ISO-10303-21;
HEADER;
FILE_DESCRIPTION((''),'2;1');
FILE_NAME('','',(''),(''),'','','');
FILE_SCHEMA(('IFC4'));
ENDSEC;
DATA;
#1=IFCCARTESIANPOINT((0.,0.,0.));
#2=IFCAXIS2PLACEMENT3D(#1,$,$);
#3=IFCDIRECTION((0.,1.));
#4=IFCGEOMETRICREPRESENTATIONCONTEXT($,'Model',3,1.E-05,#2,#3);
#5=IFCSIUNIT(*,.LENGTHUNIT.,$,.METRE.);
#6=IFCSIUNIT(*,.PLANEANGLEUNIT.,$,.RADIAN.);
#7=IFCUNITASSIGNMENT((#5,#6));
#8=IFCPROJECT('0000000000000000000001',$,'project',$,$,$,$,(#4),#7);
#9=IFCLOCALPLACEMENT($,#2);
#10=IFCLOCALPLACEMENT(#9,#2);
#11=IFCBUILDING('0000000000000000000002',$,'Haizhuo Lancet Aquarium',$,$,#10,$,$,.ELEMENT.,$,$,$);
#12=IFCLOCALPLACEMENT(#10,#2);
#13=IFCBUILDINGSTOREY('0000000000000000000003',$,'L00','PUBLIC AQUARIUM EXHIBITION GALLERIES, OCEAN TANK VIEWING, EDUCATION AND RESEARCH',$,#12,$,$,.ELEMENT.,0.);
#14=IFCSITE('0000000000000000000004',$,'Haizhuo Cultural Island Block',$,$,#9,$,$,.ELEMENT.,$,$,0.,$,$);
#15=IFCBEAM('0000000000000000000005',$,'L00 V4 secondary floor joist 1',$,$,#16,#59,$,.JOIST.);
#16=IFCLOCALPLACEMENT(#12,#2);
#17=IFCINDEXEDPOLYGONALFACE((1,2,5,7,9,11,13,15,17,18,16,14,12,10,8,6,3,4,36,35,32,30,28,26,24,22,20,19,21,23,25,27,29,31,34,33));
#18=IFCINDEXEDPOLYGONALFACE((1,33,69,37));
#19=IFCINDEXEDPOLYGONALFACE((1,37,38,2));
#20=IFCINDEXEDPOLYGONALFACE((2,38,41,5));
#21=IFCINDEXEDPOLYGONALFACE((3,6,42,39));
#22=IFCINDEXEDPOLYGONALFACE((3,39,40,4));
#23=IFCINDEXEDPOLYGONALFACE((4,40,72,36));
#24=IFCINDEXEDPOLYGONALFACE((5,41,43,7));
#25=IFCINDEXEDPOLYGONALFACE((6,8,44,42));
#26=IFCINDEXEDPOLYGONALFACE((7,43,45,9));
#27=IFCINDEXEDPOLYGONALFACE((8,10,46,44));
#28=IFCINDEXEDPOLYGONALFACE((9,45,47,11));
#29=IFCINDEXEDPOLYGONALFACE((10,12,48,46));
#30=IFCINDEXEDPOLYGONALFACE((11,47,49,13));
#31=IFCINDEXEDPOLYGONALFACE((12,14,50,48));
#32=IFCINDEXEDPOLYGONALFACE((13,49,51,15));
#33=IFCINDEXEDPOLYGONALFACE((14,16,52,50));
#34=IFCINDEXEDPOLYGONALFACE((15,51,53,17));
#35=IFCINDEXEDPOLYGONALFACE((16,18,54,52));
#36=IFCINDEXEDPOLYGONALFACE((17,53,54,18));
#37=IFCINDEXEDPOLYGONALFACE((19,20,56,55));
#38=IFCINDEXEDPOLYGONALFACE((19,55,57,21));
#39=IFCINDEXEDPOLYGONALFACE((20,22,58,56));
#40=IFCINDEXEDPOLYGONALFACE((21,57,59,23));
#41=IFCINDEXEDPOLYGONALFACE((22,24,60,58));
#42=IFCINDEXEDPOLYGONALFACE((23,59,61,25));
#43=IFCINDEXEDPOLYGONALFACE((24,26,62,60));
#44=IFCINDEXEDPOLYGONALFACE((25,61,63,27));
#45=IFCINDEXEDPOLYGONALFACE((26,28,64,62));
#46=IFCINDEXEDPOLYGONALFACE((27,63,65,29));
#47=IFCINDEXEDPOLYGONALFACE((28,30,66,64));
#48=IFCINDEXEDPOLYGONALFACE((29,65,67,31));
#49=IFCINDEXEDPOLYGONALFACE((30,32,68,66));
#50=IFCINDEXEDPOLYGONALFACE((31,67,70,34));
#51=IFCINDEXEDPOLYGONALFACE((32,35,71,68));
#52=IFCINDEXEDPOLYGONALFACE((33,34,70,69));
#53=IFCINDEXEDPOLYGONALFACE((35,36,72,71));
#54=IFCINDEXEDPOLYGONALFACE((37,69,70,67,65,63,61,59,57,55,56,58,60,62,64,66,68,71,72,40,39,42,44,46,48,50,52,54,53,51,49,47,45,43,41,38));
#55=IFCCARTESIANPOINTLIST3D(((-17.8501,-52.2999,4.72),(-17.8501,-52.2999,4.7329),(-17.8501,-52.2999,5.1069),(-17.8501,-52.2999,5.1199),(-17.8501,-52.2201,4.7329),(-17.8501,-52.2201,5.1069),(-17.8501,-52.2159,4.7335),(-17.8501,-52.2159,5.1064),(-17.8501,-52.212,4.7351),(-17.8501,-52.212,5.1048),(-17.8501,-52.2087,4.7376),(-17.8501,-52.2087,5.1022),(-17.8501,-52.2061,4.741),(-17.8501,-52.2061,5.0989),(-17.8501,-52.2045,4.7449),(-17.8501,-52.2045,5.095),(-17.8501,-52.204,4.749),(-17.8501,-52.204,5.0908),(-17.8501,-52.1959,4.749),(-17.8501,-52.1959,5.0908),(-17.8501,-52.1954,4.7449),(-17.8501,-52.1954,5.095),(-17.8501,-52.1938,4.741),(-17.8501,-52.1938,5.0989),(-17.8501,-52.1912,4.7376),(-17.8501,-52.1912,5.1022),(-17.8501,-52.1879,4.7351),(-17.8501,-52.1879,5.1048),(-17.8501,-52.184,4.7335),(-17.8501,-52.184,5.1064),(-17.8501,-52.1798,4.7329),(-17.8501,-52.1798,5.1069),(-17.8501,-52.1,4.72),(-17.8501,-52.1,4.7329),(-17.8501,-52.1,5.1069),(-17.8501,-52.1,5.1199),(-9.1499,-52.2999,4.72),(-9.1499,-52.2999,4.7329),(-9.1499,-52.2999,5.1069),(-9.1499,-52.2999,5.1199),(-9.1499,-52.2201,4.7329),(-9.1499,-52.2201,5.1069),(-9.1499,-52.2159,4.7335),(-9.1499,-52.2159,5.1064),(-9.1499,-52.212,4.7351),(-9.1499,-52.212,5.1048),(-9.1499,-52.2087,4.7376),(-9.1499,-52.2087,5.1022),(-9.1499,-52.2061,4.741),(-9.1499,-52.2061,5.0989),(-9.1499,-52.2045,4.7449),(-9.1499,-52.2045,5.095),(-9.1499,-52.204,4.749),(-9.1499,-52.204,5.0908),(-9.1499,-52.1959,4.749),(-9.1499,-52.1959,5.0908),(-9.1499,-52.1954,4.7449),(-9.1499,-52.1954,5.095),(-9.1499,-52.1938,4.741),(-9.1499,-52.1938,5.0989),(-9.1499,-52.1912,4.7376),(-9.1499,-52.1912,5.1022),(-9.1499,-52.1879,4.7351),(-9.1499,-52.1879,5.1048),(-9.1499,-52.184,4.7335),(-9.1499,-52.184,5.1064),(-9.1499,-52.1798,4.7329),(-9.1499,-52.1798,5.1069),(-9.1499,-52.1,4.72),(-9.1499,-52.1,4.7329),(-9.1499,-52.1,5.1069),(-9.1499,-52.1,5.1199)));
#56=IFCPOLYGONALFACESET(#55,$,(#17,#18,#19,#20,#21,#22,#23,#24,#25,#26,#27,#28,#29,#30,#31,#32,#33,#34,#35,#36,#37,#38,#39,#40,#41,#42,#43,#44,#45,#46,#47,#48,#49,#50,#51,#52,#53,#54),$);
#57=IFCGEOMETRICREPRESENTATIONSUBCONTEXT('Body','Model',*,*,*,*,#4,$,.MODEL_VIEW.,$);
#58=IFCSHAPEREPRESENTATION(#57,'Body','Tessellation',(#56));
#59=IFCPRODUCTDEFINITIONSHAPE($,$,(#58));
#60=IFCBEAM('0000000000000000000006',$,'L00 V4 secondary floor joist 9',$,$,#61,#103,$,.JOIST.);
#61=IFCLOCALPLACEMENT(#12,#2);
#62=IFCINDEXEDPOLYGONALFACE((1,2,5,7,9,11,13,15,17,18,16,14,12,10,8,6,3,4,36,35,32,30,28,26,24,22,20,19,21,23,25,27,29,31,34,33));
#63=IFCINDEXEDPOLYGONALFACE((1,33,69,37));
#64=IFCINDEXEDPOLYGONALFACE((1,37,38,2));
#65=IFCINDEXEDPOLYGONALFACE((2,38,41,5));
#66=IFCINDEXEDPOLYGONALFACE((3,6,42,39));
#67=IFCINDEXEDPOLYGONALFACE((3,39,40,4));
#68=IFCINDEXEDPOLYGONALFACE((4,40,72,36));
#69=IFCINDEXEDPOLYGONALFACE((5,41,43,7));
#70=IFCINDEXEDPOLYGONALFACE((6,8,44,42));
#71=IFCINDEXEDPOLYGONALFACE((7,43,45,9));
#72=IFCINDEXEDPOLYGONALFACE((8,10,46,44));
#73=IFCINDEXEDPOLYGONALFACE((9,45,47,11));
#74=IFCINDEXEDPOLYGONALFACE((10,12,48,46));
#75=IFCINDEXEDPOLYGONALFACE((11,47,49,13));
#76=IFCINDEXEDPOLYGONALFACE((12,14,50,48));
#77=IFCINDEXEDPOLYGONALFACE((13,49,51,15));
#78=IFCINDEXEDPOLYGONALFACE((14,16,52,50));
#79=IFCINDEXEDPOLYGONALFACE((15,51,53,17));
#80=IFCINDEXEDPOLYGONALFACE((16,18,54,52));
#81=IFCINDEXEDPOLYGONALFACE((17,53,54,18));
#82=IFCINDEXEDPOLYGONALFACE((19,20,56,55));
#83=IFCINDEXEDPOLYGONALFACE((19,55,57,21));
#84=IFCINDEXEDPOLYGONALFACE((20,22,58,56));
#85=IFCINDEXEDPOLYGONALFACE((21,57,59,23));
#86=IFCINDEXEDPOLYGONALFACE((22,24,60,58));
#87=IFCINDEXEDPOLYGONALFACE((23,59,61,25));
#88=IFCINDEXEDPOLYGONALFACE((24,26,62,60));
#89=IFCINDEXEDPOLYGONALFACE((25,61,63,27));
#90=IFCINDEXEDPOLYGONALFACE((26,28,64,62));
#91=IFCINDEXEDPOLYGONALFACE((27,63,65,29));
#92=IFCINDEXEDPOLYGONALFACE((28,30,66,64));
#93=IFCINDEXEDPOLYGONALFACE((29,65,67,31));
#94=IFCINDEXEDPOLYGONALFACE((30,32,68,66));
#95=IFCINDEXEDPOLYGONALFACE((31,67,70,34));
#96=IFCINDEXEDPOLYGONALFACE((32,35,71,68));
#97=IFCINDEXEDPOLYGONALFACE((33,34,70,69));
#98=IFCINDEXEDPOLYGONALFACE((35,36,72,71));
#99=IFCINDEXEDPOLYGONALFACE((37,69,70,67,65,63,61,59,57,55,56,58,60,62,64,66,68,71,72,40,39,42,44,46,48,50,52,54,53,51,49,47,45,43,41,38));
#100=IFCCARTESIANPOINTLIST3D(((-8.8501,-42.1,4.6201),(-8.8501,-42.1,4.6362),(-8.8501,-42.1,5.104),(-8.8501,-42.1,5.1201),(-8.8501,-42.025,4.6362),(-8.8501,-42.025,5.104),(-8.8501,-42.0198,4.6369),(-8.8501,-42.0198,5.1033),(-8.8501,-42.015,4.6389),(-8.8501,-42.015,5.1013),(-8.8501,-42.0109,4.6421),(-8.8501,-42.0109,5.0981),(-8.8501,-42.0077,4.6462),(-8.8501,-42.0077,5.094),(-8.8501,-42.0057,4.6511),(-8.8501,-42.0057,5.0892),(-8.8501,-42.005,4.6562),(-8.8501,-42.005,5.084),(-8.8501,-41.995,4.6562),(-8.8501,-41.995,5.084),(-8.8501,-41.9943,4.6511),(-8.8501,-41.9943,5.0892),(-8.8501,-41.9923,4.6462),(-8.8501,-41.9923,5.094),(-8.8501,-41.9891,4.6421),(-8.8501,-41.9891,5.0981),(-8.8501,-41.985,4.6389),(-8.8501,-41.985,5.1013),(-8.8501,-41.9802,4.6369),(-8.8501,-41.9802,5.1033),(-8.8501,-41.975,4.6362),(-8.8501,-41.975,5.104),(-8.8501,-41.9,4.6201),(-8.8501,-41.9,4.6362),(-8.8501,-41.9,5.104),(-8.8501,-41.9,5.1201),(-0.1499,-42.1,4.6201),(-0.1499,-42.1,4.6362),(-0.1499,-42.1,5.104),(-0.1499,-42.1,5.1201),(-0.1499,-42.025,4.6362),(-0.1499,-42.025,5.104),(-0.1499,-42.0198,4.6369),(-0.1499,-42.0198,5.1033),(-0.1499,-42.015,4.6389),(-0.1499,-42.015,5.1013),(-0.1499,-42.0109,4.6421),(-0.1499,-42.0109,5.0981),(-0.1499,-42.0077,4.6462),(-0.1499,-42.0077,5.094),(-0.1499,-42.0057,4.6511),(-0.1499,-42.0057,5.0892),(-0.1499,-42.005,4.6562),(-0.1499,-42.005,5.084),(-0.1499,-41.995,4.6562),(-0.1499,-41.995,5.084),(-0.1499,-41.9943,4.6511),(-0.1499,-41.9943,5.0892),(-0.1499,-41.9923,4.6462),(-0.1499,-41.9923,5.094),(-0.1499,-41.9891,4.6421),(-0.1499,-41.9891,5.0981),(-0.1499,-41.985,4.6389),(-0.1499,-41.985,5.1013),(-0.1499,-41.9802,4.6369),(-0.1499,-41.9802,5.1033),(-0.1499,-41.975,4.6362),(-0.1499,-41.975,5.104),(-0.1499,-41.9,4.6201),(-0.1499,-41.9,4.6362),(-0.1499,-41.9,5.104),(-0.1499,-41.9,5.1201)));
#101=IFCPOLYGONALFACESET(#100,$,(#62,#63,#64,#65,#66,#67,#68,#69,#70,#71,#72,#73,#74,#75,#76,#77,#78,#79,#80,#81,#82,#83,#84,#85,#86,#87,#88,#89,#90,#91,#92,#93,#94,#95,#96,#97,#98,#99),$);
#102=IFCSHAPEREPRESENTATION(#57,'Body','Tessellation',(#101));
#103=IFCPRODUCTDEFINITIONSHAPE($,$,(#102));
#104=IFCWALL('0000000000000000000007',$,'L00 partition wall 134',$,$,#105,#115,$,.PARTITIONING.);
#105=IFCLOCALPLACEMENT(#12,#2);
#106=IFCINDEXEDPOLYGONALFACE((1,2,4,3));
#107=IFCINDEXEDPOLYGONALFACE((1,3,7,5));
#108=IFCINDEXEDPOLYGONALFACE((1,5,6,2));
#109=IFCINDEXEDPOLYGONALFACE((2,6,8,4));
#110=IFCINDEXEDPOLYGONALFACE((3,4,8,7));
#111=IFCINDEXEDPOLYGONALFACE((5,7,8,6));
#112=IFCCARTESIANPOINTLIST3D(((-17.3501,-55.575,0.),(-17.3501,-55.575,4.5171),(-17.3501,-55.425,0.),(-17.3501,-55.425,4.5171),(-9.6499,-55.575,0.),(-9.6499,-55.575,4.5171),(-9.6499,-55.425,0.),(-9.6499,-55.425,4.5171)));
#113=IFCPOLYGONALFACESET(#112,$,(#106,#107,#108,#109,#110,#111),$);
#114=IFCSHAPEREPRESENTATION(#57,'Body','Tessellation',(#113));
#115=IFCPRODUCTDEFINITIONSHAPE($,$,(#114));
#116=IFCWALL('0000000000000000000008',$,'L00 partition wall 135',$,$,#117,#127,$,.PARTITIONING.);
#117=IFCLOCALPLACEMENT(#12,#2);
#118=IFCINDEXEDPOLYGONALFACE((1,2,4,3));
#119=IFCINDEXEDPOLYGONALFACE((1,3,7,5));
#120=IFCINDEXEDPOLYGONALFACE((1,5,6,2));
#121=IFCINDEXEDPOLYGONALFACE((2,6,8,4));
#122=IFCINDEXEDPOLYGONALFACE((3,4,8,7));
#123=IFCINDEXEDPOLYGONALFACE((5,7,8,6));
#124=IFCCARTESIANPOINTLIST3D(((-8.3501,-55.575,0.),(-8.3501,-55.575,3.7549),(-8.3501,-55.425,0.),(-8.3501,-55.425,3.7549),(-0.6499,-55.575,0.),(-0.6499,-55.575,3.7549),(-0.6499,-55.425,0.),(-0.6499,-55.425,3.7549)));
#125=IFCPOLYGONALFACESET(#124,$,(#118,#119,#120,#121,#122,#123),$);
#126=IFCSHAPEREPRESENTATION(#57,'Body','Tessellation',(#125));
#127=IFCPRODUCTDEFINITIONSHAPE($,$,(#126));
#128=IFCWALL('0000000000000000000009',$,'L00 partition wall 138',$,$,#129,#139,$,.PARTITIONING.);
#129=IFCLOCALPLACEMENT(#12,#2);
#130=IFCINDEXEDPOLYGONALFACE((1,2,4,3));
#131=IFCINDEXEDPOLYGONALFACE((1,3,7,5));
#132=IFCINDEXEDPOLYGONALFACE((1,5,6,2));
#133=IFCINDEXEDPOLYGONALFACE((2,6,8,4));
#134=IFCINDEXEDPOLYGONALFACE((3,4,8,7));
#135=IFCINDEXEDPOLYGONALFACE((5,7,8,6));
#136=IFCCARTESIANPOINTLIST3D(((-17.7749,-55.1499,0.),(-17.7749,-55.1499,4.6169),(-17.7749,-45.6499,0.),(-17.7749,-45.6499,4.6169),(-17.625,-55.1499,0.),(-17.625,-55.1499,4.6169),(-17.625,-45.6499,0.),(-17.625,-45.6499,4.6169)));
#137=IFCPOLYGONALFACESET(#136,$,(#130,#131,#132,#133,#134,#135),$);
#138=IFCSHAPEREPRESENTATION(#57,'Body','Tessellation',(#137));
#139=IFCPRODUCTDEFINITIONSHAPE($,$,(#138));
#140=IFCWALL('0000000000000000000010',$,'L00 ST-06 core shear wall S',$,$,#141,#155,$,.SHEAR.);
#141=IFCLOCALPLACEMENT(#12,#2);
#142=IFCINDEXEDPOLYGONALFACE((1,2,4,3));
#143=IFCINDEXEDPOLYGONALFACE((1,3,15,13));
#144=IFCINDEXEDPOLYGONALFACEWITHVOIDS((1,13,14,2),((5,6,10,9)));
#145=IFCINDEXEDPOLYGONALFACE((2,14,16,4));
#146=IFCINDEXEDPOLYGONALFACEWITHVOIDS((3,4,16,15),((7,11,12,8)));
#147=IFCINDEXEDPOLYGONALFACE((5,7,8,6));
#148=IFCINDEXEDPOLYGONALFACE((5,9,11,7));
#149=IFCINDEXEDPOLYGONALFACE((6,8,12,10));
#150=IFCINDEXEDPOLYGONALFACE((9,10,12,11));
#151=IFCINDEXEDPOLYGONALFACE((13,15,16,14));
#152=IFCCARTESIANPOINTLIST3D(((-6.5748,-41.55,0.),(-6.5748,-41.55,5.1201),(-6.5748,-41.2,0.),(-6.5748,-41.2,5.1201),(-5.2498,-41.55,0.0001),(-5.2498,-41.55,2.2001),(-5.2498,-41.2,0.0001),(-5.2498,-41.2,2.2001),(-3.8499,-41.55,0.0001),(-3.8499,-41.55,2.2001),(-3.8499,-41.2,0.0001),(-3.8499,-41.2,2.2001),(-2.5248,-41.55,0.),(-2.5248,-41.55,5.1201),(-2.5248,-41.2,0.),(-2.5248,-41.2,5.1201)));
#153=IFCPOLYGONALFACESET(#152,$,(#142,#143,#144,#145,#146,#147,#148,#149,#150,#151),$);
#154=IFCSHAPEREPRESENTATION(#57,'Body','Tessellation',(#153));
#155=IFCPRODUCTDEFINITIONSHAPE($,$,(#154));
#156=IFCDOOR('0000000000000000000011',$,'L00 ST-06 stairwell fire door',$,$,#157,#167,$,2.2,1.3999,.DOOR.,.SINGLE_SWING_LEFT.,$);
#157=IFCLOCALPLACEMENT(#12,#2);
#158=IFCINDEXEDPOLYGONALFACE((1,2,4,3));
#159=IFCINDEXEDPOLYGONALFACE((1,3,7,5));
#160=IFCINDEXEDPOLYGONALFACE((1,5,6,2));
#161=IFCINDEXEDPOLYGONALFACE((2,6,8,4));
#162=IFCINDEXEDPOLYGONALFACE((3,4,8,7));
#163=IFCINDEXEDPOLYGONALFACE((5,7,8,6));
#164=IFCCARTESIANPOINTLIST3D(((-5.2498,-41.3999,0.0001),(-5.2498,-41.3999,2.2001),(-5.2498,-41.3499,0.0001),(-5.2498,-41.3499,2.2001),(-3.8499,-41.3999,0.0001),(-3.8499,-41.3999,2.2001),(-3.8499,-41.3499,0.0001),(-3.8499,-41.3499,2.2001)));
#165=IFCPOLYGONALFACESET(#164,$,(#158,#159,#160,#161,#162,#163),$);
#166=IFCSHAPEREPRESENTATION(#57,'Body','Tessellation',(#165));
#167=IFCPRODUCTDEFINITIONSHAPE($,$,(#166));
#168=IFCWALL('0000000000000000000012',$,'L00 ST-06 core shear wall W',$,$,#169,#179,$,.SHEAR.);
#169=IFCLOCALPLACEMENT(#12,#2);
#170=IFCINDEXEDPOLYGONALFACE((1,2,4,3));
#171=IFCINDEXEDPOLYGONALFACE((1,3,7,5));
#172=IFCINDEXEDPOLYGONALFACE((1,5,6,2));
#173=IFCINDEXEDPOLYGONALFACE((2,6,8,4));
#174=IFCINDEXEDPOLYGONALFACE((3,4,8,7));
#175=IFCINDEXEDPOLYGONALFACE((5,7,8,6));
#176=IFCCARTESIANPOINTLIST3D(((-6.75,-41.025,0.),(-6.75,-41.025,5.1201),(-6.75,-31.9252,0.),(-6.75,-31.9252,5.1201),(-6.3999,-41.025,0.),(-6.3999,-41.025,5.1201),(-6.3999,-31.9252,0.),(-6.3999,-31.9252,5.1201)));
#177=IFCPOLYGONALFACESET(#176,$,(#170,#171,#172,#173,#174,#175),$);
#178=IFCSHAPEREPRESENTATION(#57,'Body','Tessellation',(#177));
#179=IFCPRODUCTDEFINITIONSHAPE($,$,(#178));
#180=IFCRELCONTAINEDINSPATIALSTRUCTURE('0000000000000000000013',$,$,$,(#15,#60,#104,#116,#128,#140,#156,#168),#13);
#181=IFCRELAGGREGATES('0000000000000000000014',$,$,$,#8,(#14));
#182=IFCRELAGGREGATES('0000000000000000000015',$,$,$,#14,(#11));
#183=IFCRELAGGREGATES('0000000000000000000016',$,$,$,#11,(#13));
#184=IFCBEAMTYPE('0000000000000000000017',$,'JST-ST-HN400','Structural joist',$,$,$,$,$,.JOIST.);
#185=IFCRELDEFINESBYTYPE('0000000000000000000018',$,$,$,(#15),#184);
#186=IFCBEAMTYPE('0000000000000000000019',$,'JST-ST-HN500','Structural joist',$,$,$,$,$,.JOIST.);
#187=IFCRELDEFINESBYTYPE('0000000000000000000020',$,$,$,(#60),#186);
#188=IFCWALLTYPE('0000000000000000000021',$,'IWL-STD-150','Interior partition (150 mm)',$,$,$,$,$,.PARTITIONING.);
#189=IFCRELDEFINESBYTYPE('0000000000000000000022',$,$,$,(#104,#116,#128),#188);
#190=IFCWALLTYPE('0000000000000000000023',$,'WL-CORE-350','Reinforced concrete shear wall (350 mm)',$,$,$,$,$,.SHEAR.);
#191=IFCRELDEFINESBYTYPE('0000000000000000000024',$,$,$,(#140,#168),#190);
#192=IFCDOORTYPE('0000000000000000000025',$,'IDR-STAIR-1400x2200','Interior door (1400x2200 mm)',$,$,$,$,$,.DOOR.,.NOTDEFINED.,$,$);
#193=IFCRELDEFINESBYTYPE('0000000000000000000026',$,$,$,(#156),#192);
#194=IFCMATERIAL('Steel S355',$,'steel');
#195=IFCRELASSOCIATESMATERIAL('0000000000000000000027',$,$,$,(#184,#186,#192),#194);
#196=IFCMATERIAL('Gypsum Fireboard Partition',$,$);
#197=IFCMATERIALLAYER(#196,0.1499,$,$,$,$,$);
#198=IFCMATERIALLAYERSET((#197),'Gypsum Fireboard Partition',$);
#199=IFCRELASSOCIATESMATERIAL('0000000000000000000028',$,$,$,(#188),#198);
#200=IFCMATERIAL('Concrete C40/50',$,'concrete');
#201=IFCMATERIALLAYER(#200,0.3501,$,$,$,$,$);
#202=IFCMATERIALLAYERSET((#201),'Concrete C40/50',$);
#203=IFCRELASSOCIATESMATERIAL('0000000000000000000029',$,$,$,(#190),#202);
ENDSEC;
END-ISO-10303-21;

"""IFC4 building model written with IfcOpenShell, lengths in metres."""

from ifc_helpers import new_model, si_unit, direction, frame, frame_2d, origin, origin_2d, place, context, subcontext, project, spatial, rectangle, i_section, extrude, material, layer, layer_set, material_profile, profile_set, type_object, element, fill, save


model = new_model("IFC4")

# Units and contexts
model_context = context("Model", 3, precision=1e-05, world=origin(), true_north=direction((0.0, 1.0)))
body_context = subcontext(model_context, "Body", "Model", "MODEL_VIEW")
ifc_project = project(units=[si_unit("LENGTHUNIT", "METRE"), si_unit("PLANEANGLEUNIT", "RADIAN")], contexts=[model_context])

# Site, building, storey
site_placement = place(None, origin())
site = spatial("IfcSite", under=ifc_project, at=site_placement, Name="Haizhuo Cultural Island Block", CompositionType="ELEMENT", RefElevation=0.0)
building_placement = place(site_placement, origin())
building = spatial("IfcBuilding", under=site, at=building_placement, Name="Haizhuo Lancet Aquarium", CompositionType="ELEMENT")
storey_placement = place(building_placement, origin())
storey = spatial("IfcBuildingStorey", under=building, at=storey_placement, Name="L00", Description="PUBLIC AQUARIUM EXHIBITION GALLERIES, OCEAN TANK VIEWING, EDUCATION AND RESEARCH", CompositionType="ELEMENT", Elevation=0.0)

# Shared definitions
ifc_material_1 = material(Name="Steel S355", Category="steel")

# Beams
ifc_material_profile_1 = material_profile(ifc_material_1, i_section(OverallWidth=0.2, OverallDepth=0.3999, WebThickness=0.0081, FlangeThickness=0.0129, FilletRadius=0.0161, at=origin_2d()), Name="HN 400x200x8x13")
ifc_profile_set_1 = profile_set([ifc_material_profile_1], Name="Steel S355")
beam_type_1 = type_object("IfcBeamType", Name="JST-ST-HN400", Description="Structural joist", PredefinedType="JOIST", material=ifc_profile_set_1)
beam_1_placement = place(storey_placement, frame((-17.8501, -52.2, 4.9199), z_axis=(1.0, 0.0, 0.0), x_axis=(0.0, 1.0, 0.0)))
element("IfcBeam", 1, at=beam_1_placement, inside=storey, type_object=beam_type_1, Name="L00 V4 secondary floor joist 1", PredefinedType="JOIST", context=body_context, shape_type="SweptSolid", body=[
    extrude(i_section(OverallWidth=0.2, OverallDepth=0.3999, WebThickness=0.0081, FlangeThickness=0.0129, FilletRadius=0.0161, at=origin_2d()), origin(), (0.0, 0.0, 1.0), 8.7002),
])
ifc_material_profile_2 = material_profile(ifc_material_1, i_section(OverallWidth=0.2, OverallDepth=0.5, WebThickness=0.01, FlangeThickness=0.0161, FilletRadius=0.02, at=origin_2d()), Name="HN 500x200x10x16")
ifc_profile_set_2 = profile_set([ifc_material_profile_2], Name="Steel S355")
beam_type_2 = type_object("IfcBeamType", Name="JST-ST-HN500", Description="Structural joist", PredefinedType="JOIST", material=ifc_profile_set_2)
beam_2_placement = place(storey_placement, frame((-8.8501, -42.0, 4.8701), z_axis=(1.0, 0.0, 0.0), x_axis=(0.0, 1.0, 0.0)))
element("IfcBeam", 2, at=beam_2_placement, inside=storey, type_object=beam_type_2, Name="L00 V4 secondary floor joist 9", PredefinedType="JOIST", context=body_context, shape_type="SweptSolid", body=[
    extrude(i_section(OverallWidth=0.2, OverallDepth=0.5, WebThickness=0.01, FlangeThickness=0.0161, FilletRadius=0.02, at=origin_2d()), origin(), (0.0, 0.0, 1.0), 8.7002),
])

# Walls
ifc_material_2 = material(Name="Gypsum Fireboard Partition")
ifc_layer_1 = layer(ifc_material_2, 0.1499)
ifc_layer_set_1 = layer_set([ifc_layer_1], Name="Gypsum Fireboard Partition")
wall_type_1 = type_object("IfcWallType", Name="IWL-STD-150", Description="Interior partition (150 mm)", PredefinedType="PARTITIONING", material=ifc_layer_set_1)
wall_1_placement = place(storey_placement, frame((-17.3501, -55.5, 0.0), z_axis=(0.0, 0.0, 1.0), x_axis=(1.0, 0.0, 0.0)))
element("IfcWall", 3, at=wall_1_placement, inside=storey, type_object=wall_type_1, Name="L00 partition wall 134", PredefinedType="PARTITIONING", context=body_context, shape_type="SweptSolid", body=[
    extrude(rectangle(XDim=7.7002, YDim=0.1499, at=frame_2d((3.8501, 0.0))), origin(), (0.0, 0.0, 1.0), 4.5171),
])
wall_2_placement = place(storey_placement, frame((-8.3501, -55.5, 0.0), z_axis=(0.0, 0.0, 1.0), x_axis=(1.0, 0.0, 0.0)))
element("IfcWall", 4, at=wall_2_placement, inside=storey, type_object=wall_type_1, Name="L00 partition wall 135", PredefinedType="PARTITIONING", context=body_context, shape_type="SweptSolid", body=[
    extrude(rectangle(XDim=7.7002, YDim=0.1499, at=frame_2d((3.8501, 0.0))), origin(), (0.0, 0.0, 1.0), 3.7549),
])
wall_3_placement = place(storey_placement, frame((-17.7, -45.6499, 0.0), z_axis=(0.0, 0.0, 1.0), x_axis=(0.0, -1.0, 0.0)))
element("IfcWall", 5, at=wall_3_placement, inside=storey, type_object=wall_type_1, Name="L00 partition wall 138", PredefinedType="PARTITIONING", context=body_context, shape_type="SweptSolid", body=[
    extrude(rectangle(XDim=9.5, YDim=0.1499, at=frame_2d((4.75, 0.0))), origin(), (0.0, 0.0, 1.0), 4.6169),
])

# Wall, opening, door
ifc_material_3 = material(Name="Concrete C40/50", Category="concrete")
ifc_layer_2 = layer(ifc_material_3, 0.3501)
ifc_layer_set_2 = layer_set([ifc_layer_2], Name="Concrete C40/50")
wall_type_2 = type_object("IfcWallType", Name="WL-CORE-350", Description="Reinforced concrete shear wall (350 mm)", PredefinedType="SHEAR", material=ifc_layer_set_2)
wall_4_placement = place(storey_placement, frame((-2.5249, -41.375, 0.0), z_axis=(0.0, 0.0, 1.0), x_axis=(-1.0, 0.0, 0.0)))
wall_4 = element("IfcWall", 6, at=wall_4_placement, inside=storey, type_object=wall_type_2, Name="L00 ST-06 core shear wall S", PredefinedType="SHEAR", context=body_context, shape_type="SweptSolid", body=[
    extrude(rectangle(XDim=4.05, YDim=0.3501, at=frame_2d((2.0249, 0.0))), origin(), (0.0, 0.0, 1.0), 5.1201),
])
opening_1_placement = place(wall_4_placement, frame((1.325, 0.0, 0.0)))
opening_1 = element("IfcOpeningElement", 7, at=opening_1_placement, cuts=wall_4, PredefinedType="OPENING", context=body_context, shape_type="SweptSolid", body=[
    extrude(rectangle(XDim=1.3999, YDim=2.2, at=frame_2d((0.7, 1.1001))), frame((0.0, 0.1851, 0.0), z_axis=(0.0, -1.0, 0.0), x_axis=(1.0, 0.0, 0.0)), (0.0, 0.0, 1.0), 0.3701),
])
door_type = type_object("IfcDoorType", Name="IDR-STAIR-1400x2200", Description="Interior door (1400x2200 mm)", OperationType="NOTDEFINED", PredefinedType="DOOR", material=ifc_material_1)
door_placement = place(opening_1_placement, origin())
door = element("IfcDoor", 8, at=door_placement, inside=storey, type_object=door_type, Name="L00 ST-06 stairwell fire door", OperationType="SINGLE_SWING_LEFT", OverallHeight=2.2, OverallWidth=1.3999, PredefinedType="DOOR", context=body_context, shape_type="SweptSolid", body=[
    extrude(rectangle(XDim=1.3999, YDim=2.2, at=frame_2d((0.7, 1.1001))), frame((0.0, 0.0249, 0.0), z_axis=(0.0, -1.0, 0.0), x_axis=(1.0, 0.0, 0.0)), (0.0, 0.0, 1.0), 0.05),
])
fill(opening_1, door)

# Wall
wall_5_placement = place(storey_placement, frame((-6.575, -41.0249, 0.0), z_axis=(0.0, 0.0, 1.0), x_axis=(0.0, 1.0, 0.0)))
element("IfcWall", 9, at=wall_5_placement, inside=storey, type_object=wall_type_2, Name="L00 ST-06 core shear wall W", PredefinedType="SHEAR", context=body_context, shape_type="SweptSolid", body=[
    extrude(rectangle(XDim=9.0999, YDim=0.3501, at=frame_2d((4.5498, 0.0))), origin(), (0.0, 0.0, 1.0), 5.1201),
])

save(model, "model.ifc")
